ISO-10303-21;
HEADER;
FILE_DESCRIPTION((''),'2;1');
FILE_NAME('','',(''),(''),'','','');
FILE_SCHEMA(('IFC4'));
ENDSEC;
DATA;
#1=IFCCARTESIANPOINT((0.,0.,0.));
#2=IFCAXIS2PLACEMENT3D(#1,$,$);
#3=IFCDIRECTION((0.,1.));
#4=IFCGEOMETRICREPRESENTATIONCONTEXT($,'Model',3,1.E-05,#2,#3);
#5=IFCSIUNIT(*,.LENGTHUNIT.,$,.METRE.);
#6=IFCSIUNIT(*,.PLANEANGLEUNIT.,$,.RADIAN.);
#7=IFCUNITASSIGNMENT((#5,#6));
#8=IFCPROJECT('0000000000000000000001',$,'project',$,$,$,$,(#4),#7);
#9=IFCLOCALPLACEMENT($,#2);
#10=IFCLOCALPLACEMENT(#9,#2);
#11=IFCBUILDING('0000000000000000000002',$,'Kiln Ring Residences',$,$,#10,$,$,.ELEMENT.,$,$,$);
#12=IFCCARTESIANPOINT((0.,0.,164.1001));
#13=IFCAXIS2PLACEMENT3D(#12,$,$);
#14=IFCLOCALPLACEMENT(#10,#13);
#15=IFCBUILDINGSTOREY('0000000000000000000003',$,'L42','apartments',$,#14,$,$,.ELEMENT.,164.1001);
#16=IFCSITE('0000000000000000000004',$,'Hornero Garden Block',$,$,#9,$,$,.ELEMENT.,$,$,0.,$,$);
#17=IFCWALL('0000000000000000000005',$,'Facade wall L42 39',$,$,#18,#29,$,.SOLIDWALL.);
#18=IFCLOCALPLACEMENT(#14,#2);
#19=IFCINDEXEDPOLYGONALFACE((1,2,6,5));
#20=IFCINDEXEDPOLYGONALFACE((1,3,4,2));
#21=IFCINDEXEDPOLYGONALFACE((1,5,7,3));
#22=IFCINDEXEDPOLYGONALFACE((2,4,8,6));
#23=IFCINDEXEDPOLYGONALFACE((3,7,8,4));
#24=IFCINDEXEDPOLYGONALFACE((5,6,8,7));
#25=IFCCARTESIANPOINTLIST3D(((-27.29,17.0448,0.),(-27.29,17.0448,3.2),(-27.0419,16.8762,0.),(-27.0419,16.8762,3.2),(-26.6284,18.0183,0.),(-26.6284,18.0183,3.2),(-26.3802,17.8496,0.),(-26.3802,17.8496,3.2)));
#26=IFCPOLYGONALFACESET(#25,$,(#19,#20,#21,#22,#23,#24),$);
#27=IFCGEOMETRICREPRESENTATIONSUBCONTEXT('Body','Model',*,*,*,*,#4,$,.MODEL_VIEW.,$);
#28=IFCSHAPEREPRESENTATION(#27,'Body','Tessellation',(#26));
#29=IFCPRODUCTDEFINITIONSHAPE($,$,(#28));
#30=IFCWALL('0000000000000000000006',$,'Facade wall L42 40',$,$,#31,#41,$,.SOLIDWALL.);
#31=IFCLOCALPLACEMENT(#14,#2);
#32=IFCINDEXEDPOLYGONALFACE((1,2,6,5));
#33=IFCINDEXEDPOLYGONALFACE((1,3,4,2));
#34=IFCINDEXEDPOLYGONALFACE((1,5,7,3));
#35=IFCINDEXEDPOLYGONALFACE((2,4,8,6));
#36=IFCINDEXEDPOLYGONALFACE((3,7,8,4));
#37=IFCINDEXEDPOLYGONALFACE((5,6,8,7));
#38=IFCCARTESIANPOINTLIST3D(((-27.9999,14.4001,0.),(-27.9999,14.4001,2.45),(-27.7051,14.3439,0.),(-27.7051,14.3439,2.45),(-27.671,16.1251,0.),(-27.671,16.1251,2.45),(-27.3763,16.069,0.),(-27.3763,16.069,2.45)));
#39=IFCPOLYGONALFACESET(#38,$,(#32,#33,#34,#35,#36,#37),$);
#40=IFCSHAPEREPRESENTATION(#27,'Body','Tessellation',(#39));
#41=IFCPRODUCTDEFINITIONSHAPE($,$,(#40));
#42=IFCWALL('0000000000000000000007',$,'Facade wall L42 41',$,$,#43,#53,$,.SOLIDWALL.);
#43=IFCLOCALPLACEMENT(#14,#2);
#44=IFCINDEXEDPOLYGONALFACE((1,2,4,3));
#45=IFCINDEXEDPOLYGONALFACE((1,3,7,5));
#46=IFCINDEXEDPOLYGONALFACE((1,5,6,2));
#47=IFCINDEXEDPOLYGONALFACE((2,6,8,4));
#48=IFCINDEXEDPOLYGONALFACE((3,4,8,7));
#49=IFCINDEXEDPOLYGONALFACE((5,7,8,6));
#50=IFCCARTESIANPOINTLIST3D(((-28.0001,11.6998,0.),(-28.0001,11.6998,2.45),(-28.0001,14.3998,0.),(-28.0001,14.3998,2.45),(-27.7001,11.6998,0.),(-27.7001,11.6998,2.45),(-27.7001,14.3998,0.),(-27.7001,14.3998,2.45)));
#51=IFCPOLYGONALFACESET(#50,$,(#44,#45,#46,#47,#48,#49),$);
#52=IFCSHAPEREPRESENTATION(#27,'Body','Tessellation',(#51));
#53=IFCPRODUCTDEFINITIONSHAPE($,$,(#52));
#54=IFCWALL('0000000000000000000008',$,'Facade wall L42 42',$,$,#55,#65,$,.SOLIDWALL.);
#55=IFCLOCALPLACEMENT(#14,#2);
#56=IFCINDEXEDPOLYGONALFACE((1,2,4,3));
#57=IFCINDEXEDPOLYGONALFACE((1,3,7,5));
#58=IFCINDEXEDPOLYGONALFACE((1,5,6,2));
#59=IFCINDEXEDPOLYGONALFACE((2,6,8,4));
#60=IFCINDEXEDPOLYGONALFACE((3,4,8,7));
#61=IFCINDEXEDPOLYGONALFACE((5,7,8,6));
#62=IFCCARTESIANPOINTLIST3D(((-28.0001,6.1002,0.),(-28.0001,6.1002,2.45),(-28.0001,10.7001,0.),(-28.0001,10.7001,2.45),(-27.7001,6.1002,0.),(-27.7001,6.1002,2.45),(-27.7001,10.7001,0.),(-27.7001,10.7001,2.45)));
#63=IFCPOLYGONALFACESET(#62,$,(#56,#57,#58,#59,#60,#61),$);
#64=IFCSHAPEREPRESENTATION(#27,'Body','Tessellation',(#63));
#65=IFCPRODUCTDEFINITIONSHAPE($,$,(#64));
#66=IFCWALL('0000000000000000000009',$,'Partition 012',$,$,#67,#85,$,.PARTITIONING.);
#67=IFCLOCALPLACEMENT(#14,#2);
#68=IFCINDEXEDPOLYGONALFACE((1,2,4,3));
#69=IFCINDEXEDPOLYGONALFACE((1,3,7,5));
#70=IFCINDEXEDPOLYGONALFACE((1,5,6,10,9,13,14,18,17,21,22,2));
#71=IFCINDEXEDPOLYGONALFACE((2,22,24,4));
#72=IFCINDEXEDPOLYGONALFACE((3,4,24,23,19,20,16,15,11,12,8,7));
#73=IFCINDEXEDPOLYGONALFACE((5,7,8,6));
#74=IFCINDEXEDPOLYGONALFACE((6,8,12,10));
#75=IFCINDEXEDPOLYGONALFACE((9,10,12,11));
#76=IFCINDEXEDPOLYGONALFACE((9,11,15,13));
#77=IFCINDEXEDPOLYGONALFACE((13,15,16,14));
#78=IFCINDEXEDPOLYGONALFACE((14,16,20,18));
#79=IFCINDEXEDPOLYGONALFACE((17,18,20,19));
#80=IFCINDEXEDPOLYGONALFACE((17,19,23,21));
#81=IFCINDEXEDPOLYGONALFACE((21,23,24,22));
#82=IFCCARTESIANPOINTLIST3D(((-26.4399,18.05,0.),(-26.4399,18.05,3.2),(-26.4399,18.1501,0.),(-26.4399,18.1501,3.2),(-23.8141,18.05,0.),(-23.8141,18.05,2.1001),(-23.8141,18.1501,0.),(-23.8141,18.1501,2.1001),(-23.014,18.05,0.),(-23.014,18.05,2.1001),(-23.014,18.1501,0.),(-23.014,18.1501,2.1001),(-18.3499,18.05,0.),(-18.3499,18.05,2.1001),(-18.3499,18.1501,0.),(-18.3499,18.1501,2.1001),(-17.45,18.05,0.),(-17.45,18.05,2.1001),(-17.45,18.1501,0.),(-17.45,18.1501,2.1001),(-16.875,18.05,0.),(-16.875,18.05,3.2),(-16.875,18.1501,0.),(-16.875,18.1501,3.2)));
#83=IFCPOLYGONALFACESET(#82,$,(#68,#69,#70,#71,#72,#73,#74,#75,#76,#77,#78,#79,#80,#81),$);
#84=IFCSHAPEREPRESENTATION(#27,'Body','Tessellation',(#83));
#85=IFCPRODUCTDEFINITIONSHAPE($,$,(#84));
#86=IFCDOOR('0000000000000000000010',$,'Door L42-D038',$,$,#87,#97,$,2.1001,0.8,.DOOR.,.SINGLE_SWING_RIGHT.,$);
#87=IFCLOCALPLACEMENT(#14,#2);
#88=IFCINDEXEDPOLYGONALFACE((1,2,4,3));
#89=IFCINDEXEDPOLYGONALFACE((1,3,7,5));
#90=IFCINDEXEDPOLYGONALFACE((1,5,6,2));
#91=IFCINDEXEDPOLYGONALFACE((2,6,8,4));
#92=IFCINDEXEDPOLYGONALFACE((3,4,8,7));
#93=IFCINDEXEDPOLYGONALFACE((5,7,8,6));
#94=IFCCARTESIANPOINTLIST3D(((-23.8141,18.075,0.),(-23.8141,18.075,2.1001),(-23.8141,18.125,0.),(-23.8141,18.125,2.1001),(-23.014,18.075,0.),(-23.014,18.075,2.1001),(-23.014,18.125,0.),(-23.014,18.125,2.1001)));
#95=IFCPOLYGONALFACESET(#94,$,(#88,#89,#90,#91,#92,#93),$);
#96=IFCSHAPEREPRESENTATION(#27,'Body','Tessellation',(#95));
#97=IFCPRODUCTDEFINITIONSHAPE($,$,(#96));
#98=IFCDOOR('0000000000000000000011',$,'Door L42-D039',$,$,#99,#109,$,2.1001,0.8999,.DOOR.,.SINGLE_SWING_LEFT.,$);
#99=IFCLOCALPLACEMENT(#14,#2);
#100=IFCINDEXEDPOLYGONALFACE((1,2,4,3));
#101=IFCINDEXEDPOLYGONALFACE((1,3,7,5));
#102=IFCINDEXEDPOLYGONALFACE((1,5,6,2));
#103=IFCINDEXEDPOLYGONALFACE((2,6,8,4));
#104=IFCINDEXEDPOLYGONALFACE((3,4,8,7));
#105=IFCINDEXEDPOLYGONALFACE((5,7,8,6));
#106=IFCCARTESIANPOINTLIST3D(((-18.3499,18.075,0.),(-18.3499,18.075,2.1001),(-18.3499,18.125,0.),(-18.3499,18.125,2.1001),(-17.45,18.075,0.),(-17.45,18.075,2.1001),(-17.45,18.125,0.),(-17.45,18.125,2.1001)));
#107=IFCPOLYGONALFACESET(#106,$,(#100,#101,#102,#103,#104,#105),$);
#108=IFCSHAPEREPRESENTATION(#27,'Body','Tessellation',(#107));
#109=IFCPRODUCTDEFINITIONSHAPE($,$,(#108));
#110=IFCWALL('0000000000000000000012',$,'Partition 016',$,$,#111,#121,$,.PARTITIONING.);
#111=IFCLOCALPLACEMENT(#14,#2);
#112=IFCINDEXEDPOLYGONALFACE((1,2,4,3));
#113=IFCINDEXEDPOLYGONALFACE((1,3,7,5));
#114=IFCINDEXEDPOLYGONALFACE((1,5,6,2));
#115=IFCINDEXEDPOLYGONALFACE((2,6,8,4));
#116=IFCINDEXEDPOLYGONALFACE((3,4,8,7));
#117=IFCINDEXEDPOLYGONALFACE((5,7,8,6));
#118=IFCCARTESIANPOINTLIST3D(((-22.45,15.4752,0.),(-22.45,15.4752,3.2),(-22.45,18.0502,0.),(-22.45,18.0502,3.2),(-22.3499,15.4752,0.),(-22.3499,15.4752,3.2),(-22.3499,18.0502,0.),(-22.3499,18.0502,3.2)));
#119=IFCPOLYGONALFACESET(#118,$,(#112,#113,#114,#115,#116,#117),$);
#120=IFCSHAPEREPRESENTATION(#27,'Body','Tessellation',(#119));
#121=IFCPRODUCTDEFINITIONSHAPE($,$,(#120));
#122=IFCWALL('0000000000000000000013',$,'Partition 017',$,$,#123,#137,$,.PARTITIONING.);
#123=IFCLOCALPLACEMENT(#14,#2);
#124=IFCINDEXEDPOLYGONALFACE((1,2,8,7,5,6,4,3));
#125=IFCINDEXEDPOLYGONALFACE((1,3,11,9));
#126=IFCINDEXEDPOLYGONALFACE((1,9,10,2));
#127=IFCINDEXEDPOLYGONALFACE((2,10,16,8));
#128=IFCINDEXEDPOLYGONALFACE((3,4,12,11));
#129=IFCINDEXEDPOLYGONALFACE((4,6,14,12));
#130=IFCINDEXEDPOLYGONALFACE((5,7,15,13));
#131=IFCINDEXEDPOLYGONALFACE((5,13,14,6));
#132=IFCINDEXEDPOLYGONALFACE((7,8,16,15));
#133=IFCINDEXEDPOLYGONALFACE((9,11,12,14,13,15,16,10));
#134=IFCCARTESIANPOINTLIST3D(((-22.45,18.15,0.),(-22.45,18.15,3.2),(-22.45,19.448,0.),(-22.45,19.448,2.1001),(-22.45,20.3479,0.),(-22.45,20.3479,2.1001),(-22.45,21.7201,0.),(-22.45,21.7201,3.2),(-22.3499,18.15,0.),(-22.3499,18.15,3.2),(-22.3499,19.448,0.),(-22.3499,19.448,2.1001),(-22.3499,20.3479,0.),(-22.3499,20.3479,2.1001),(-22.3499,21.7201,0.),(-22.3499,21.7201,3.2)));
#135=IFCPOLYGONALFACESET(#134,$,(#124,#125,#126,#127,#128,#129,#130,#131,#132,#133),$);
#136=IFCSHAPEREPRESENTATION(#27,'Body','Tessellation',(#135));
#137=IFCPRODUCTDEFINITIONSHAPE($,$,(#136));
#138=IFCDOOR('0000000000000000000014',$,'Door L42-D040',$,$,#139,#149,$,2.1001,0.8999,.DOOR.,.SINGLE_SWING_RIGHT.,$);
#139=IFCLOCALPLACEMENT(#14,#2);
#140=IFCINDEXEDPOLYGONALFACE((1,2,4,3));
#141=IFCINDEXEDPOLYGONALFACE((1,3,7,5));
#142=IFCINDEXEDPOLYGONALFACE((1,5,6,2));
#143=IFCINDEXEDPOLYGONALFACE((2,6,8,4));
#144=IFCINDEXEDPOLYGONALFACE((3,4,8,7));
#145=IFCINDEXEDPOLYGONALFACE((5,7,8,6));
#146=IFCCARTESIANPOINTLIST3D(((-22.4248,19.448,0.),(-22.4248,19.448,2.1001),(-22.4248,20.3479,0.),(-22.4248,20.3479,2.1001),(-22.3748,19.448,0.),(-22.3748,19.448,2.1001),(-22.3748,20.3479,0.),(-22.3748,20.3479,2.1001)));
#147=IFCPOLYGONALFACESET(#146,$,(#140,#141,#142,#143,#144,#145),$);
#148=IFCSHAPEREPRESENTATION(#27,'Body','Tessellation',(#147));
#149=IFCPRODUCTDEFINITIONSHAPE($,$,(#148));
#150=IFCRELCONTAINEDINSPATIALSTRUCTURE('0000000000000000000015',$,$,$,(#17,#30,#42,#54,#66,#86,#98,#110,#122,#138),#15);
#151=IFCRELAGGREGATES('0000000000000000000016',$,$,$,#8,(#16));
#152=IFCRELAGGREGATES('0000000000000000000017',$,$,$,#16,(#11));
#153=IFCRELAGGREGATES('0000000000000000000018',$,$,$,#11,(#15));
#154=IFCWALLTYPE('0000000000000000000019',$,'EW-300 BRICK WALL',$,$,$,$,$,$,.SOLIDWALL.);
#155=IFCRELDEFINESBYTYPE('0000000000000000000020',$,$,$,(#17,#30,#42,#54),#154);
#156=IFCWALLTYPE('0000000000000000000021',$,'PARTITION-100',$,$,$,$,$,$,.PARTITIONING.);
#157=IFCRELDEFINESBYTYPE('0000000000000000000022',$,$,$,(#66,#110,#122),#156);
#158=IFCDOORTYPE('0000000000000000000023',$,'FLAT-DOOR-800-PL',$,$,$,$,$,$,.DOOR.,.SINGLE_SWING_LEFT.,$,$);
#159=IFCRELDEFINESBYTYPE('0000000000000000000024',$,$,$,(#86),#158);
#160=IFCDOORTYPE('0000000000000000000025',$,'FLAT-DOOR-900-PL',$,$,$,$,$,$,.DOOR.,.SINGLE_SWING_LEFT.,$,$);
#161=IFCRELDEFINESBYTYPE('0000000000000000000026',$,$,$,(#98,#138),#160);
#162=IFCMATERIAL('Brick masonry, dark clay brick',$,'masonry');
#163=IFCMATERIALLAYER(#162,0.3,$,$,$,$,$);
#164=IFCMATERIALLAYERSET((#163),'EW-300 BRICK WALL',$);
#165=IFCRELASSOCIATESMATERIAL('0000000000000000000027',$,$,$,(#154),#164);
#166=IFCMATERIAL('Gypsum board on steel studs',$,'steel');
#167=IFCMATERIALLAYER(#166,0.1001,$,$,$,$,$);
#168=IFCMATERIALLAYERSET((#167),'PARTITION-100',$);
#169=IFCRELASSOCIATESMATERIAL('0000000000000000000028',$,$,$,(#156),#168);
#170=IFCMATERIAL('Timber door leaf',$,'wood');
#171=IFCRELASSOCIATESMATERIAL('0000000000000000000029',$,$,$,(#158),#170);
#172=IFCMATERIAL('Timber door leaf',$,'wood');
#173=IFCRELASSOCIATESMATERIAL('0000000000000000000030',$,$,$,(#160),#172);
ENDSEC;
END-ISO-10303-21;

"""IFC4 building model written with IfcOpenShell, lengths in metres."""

from ifc_helpers import new_model, si_unit, direction, frame, frame_2d, origin, place, context, subcontext, project, spatial, rectangle, extrude, material, layer, layer_set, type_object, element, fill, save


model = new_model("IFC4")

# Units and contexts
model_context = context("Model", 3, precision=1e-05, world=origin(), true_north=direction((0.0, 1.0)))
body_context = subcontext(model_context, "Body", "Model", "MODEL_VIEW")
ifc_project = project(units=[si_unit("LENGTHUNIT", "METRE"), si_unit("PLANEANGLEUNIT", "RADIAN")], contexts=[model_context])

# Site, building, storey
site_placement = place(None, origin())
site = spatial("IfcSite", under=ifc_project, at=site_placement, Name="Hornero Garden Block", CompositionType="ELEMENT", RefElevation=0.0)
building_placement = place(site_placement, origin())
building = spatial("IfcBuilding", under=site, at=building_placement, Name="Kiln Ring Residences", CompositionType="ELEMENT")
storey_placement = place(building_placement, frame((0.0, 0.0, 164.1001)))
storey = spatial("IfcBuildingStorey", under=building, at=storey_placement, Name="L42", Description="apartments", CompositionType="ELEMENT", Elevation=164.1001)

# Shared definitions
ifc_material_1 = material(Name="Brick masonry, dark clay brick", Category="masonry")
ifc_layer_1 = layer(ifc_material_1, 0.3)
ifc_layer_set_1 = layer_set([ifc_layer_1], Name="EW-300 BRICK WALL")
wall_type_1 = type_object("IfcWallType", Name="EW-300 BRICK WALL", PredefinedType="SOLIDWALL", material=ifc_layer_set_1)

# Walls
wall_1_placement = place(storey_placement, frame((-26.5044, 17.9338, 0.0), z_axis=(0.0, 0.0, 1.0), x_axis=(-0.562145, -0.827038, 0.0)))
element("IfcWall", 1, at=wall_1_placement, inside=storey, type_object=wall_type_1, Name="Facade wall L42 39", PredefinedType="SOLIDWALL", context=body_context, shape_type="SweptSolid", body=[
    extrude(rectangle(XDim=1.177, YDim=0.3, at=frame_2d((0.5884, 0.0))), origin(), (0.0, 0.0, 1.0), 3.2),
])
wall_2_placement = place(storey_placement, frame((-27.5237, 16.0969, 0.0), z_axis=(0.0, 0.0, 1.0), x_axis=(-0.187259, -0.982311, 0.0)))
element("IfcWall", 2, at=wall_2_placement, inside=storey, type_object=wall_type_1, Name="Facade wall L42 40", PredefinedType="SOLIDWALL", context=body_context, shape_type="SweptSolid", body=[
    extrude(rectangle(XDim=1.7561, YDim=0.3, at=frame_2d((0.8779, 0.0))), origin(), (0.0, 0.0, 1.0), 2.45),
])
wall_3_placement = place(storey_placement, frame((-27.8501, 14.3999, 0.0), z_axis=(0.0, 0.0, 1.0), x_axis=(0.0, -1.0, 0.0)))
element("IfcWall", 3, at=wall_3_placement, inside=storey, type_object=wall_type_1, Name="Facade wall L42 41", PredefinedType="SOLIDWALL", context=body_context, shape_type="SweptSolid", body=[
    extrude(rectangle(XDim=2.7, YDim=0.3, at=frame_2d((1.3501, 0.0))), origin(), (0.0, 0.0, 1.0), 2.45),
])
wall_4_placement = place(storey_placement, frame((-27.8501, 10.7, 0.0), z_axis=(0.0, 0.0, 1.0), x_axis=(0.0, -1.0, 0.0)))
element("IfcWall", 4, at=wall_4_placement, inside=storey, type_object=wall_type_1, Name="Facade wall L42 42", PredefinedType="SOLIDWALL", context=body_context, shape_type="SweptSolid", body=[
    extrude(rectangle(XDim=4.5999, YDim=0.3, at=frame_2d((2.2998, 0.0))), origin(), (0.0, 0.0, 1.0), 2.45),
])

# Wall, openings, doors
ifc_material_2 = material(Name="Gypsum board on steel studs", Category="steel")
ifc_layer_2 = layer(ifc_material_2, 0.1001)
ifc_layer_set_2 = layer_set([ifc_layer_2], Name="PARTITION-100")
wall_type_2 = type_object("IfcWallType", Name="PARTITION-100", PredefinedType="PARTITIONING", material=ifc_layer_set_2)
wall_5_placement = place(storey_placement, frame((-26.4399, 18.1001, 0.0), z_axis=(0.0, 0.0, 1.0), x_axis=(1.0, 0.0, 0.0)))
wall_5 = element("IfcWall", 5, at=wall_5_placement, inside=storey, type_object=wall_type_2, Name="Partition 012", PredefinedType="PARTITIONING", context=body_context, shape_type="SweptSolid", body=[
    extrude(rectangle(XDim=9.5649, YDim=0.1001, at=frame_2d((4.7825, 0.0))), origin(), (0.0, 0.0, 1.0), 3.2),
])
opening_1_placement = place(wall_5_placement, frame((2.626, 0.0, 0.0)))
opening_1 = element("IfcOpeningElement", 6, at=opening_1_placement, cuts=wall_5, PredefinedType="OPENING", context=body_context, shape_type="SweptSolid", body=[
    extrude(rectangle(XDim=0.8, YDim=2.1001, at=frame_2d((0.3999, 1.05))), frame((0.0, 0.0601, 0.0), z_axis=(0.0, -1.0, 0.0), x_axis=(1.0, 0.0, 0.0)), (0.0, 0.0, 1.0), 0.1201),
])
opening_2_placement = place(wall_5_placement, frame((8.0901, 0.0, 0.0)))
opening_2 = element("IfcOpeningElement", 7, at=opening_2_placement, cuts=wall_5, PredefinedType="OPENING", context=body_context, shape_type="SweptSolid", body=[
    extrude(rectangle(XDim=0.8999, YDim=2.1001, at=frame_2d((0.45, 1.05))), frame((0.0, 0.0601, 0.0), z_axis=(0.0, -1.0, 0.0), x_axis=(1.0, 0.0, 0.0)), (0.0, 0.0, 1.0), 0.1201),
])
ifc_material_3 = material(Name="Timber door leaf", Category="wood")
door_type_1 = type_object("IfcDoorType", Name="FLAT-DOOR-800-PL", OperationType="SINGLE_SWING_LEFT", PredefinedType="DOOR", material=ifc_material_3)
door_1_placement = place(opening_1_placement, origin())
door_1 = element("IfcDoor", 8, at=door_1_placement, inside=storey, type_object=door_type_1, Name="Door L42-D038", OperationType="SINGLE_SWING_RIGHT", OverallHeight=2.1001, OverallWidth=0.8, PredefinedType="DOOR", context=body_context, shape_type="SweptSolid", body=[
    extrude(rectangle(XDim=0.8, YDim=2.1001, at=frame_2d((0.3999, 1.05))), frame((0.0, 0.0249, 0.0), z_axis=(0.0, -1.0, 0.0), x_axis=(1.0, 0.0, 0.0)), (0.0, 0.0, 1.0), 0.05),
])
fill(opening_1, door_1)
ifc_material_4 = material(Name="Timber door leaf", Category="wood")
door_type_2 = type_object("IfcDoorType", Name="FLAT-DOOR-900-PL", OperationType="SINGLE_SWING_LEFT", PredefinedType="DOOR", material=ifc_material_4)
door_2_placement = place(opening_2_placement, origin())
door_2 = element("IfcDoor", 9, at=door_2_placement, inside=storey, type_object=door_type_2, Name="Door L42-D039", OperationType="SINGLE_SWING_LEFT", OverallHeight=2.1001, OverallWidth=0.8999, PredefinedType="DOOR", context=body_context, shape_type="SweptSolid", body=[
    extrude(rectangle(XDim=0.8999, YDim=2.1001, at=frame_2d((0.45, 1.05))), frame((0.0, 0.0249, 0.0), z_axis=(0.0, -1.0, 0.0), x_axis=(1.0, 0.0, 0.0)), (0.0, 0.0, 1.0), 0.05),
])
fill(opening_2, door_2)

# Wall
wall_6_placement = place(storey_placement, frame((-22.3999, 15.4751, 0.0), z_axis=(0.0, 0.0, 1.0), x_axis=(0.0, 1.0, 0.0)))
element("IfcWall", 10, at=wall_6_placement, inside=storey, type_object=wall_type_2, Name="Partition 016", PredefinedType="PARTITIONING", context=body_context, shape_type="SweptSolid", body=[
    extrude(rectangle(XDim=2.575, YDim=0.1001, at=frame_2d((1.2876, 0.0))), origin(), (0.0, 0.0, 1.0), 3.2),
])

# Wall, opening, door
wall_7_placement = place(storey_placement, frame((-22.3999, 18.1499, 0.0), z_axis=(0.0, 0.0, 1.0), x_axis=(0.0, 1.0, 0.0)))
wall_7 = element("IfcWall", 11, at=wall_7_placement, inside=storey, type_object=wall_type_2, Name="Partition 017", PredefinedType="PARTITIONING", context=body_context, shape_type="SweptSolid", body=[
    extrude(rectangle(XDim=3.5701, YDim=0.1001, at=frame_2d((1.7852, 0.0))), origin(), (0.0, 0.0, 1.0), 3.2),
])
opening_3_placement = place(wall_7_placement, frame((1.2981, 0.0, 0.0)))
opening_3 = element("IfcOpeningElement", 12, at=opening_3_placement, cuts=wall_7, PredefinedType="OPENING", context=body_context, shape_type="SweptSolid", body=[
    extrude(rectangle(XDim=0.8999, YDim=2.1001, at=frame_2d((0.45, 1.05))), frame((0.0, 0.0601, 0.0), z_axis=(0.0, -1.0, 0.0), x_axis=(1.0, 0.0, 0.0)), (0.0, 0.0, 1.0), 0.1201),
])
door_3_placement = place(opening_3_placement, origin())
door_3 = element("IfcDoor", 13, at=door_3_placement, inside=storey, type_object=door_type_2, Name="Door L42-D040", OperationType="SINGLE_SWING_RIGHT", OverallHeight=2.1001, OverallWidth=0.8999, PredefinedType="DOOR", context=body_context, shape_type="SweptSolid", body=[
    extrude(rectangle(XDim=0.8999, YDim=2.1001, at=frame_2d((0.45, 1.05))), frame((0.0, 0.0249, 0.0), z_axis=(0.0, -1.0, 0.0), x_axis=(1.0, 0.0, 0.0)), (0.0, 0.0, 1.0), 0.05),
])
fill(opening_3, door_3)

save(model, "model.ifc")
